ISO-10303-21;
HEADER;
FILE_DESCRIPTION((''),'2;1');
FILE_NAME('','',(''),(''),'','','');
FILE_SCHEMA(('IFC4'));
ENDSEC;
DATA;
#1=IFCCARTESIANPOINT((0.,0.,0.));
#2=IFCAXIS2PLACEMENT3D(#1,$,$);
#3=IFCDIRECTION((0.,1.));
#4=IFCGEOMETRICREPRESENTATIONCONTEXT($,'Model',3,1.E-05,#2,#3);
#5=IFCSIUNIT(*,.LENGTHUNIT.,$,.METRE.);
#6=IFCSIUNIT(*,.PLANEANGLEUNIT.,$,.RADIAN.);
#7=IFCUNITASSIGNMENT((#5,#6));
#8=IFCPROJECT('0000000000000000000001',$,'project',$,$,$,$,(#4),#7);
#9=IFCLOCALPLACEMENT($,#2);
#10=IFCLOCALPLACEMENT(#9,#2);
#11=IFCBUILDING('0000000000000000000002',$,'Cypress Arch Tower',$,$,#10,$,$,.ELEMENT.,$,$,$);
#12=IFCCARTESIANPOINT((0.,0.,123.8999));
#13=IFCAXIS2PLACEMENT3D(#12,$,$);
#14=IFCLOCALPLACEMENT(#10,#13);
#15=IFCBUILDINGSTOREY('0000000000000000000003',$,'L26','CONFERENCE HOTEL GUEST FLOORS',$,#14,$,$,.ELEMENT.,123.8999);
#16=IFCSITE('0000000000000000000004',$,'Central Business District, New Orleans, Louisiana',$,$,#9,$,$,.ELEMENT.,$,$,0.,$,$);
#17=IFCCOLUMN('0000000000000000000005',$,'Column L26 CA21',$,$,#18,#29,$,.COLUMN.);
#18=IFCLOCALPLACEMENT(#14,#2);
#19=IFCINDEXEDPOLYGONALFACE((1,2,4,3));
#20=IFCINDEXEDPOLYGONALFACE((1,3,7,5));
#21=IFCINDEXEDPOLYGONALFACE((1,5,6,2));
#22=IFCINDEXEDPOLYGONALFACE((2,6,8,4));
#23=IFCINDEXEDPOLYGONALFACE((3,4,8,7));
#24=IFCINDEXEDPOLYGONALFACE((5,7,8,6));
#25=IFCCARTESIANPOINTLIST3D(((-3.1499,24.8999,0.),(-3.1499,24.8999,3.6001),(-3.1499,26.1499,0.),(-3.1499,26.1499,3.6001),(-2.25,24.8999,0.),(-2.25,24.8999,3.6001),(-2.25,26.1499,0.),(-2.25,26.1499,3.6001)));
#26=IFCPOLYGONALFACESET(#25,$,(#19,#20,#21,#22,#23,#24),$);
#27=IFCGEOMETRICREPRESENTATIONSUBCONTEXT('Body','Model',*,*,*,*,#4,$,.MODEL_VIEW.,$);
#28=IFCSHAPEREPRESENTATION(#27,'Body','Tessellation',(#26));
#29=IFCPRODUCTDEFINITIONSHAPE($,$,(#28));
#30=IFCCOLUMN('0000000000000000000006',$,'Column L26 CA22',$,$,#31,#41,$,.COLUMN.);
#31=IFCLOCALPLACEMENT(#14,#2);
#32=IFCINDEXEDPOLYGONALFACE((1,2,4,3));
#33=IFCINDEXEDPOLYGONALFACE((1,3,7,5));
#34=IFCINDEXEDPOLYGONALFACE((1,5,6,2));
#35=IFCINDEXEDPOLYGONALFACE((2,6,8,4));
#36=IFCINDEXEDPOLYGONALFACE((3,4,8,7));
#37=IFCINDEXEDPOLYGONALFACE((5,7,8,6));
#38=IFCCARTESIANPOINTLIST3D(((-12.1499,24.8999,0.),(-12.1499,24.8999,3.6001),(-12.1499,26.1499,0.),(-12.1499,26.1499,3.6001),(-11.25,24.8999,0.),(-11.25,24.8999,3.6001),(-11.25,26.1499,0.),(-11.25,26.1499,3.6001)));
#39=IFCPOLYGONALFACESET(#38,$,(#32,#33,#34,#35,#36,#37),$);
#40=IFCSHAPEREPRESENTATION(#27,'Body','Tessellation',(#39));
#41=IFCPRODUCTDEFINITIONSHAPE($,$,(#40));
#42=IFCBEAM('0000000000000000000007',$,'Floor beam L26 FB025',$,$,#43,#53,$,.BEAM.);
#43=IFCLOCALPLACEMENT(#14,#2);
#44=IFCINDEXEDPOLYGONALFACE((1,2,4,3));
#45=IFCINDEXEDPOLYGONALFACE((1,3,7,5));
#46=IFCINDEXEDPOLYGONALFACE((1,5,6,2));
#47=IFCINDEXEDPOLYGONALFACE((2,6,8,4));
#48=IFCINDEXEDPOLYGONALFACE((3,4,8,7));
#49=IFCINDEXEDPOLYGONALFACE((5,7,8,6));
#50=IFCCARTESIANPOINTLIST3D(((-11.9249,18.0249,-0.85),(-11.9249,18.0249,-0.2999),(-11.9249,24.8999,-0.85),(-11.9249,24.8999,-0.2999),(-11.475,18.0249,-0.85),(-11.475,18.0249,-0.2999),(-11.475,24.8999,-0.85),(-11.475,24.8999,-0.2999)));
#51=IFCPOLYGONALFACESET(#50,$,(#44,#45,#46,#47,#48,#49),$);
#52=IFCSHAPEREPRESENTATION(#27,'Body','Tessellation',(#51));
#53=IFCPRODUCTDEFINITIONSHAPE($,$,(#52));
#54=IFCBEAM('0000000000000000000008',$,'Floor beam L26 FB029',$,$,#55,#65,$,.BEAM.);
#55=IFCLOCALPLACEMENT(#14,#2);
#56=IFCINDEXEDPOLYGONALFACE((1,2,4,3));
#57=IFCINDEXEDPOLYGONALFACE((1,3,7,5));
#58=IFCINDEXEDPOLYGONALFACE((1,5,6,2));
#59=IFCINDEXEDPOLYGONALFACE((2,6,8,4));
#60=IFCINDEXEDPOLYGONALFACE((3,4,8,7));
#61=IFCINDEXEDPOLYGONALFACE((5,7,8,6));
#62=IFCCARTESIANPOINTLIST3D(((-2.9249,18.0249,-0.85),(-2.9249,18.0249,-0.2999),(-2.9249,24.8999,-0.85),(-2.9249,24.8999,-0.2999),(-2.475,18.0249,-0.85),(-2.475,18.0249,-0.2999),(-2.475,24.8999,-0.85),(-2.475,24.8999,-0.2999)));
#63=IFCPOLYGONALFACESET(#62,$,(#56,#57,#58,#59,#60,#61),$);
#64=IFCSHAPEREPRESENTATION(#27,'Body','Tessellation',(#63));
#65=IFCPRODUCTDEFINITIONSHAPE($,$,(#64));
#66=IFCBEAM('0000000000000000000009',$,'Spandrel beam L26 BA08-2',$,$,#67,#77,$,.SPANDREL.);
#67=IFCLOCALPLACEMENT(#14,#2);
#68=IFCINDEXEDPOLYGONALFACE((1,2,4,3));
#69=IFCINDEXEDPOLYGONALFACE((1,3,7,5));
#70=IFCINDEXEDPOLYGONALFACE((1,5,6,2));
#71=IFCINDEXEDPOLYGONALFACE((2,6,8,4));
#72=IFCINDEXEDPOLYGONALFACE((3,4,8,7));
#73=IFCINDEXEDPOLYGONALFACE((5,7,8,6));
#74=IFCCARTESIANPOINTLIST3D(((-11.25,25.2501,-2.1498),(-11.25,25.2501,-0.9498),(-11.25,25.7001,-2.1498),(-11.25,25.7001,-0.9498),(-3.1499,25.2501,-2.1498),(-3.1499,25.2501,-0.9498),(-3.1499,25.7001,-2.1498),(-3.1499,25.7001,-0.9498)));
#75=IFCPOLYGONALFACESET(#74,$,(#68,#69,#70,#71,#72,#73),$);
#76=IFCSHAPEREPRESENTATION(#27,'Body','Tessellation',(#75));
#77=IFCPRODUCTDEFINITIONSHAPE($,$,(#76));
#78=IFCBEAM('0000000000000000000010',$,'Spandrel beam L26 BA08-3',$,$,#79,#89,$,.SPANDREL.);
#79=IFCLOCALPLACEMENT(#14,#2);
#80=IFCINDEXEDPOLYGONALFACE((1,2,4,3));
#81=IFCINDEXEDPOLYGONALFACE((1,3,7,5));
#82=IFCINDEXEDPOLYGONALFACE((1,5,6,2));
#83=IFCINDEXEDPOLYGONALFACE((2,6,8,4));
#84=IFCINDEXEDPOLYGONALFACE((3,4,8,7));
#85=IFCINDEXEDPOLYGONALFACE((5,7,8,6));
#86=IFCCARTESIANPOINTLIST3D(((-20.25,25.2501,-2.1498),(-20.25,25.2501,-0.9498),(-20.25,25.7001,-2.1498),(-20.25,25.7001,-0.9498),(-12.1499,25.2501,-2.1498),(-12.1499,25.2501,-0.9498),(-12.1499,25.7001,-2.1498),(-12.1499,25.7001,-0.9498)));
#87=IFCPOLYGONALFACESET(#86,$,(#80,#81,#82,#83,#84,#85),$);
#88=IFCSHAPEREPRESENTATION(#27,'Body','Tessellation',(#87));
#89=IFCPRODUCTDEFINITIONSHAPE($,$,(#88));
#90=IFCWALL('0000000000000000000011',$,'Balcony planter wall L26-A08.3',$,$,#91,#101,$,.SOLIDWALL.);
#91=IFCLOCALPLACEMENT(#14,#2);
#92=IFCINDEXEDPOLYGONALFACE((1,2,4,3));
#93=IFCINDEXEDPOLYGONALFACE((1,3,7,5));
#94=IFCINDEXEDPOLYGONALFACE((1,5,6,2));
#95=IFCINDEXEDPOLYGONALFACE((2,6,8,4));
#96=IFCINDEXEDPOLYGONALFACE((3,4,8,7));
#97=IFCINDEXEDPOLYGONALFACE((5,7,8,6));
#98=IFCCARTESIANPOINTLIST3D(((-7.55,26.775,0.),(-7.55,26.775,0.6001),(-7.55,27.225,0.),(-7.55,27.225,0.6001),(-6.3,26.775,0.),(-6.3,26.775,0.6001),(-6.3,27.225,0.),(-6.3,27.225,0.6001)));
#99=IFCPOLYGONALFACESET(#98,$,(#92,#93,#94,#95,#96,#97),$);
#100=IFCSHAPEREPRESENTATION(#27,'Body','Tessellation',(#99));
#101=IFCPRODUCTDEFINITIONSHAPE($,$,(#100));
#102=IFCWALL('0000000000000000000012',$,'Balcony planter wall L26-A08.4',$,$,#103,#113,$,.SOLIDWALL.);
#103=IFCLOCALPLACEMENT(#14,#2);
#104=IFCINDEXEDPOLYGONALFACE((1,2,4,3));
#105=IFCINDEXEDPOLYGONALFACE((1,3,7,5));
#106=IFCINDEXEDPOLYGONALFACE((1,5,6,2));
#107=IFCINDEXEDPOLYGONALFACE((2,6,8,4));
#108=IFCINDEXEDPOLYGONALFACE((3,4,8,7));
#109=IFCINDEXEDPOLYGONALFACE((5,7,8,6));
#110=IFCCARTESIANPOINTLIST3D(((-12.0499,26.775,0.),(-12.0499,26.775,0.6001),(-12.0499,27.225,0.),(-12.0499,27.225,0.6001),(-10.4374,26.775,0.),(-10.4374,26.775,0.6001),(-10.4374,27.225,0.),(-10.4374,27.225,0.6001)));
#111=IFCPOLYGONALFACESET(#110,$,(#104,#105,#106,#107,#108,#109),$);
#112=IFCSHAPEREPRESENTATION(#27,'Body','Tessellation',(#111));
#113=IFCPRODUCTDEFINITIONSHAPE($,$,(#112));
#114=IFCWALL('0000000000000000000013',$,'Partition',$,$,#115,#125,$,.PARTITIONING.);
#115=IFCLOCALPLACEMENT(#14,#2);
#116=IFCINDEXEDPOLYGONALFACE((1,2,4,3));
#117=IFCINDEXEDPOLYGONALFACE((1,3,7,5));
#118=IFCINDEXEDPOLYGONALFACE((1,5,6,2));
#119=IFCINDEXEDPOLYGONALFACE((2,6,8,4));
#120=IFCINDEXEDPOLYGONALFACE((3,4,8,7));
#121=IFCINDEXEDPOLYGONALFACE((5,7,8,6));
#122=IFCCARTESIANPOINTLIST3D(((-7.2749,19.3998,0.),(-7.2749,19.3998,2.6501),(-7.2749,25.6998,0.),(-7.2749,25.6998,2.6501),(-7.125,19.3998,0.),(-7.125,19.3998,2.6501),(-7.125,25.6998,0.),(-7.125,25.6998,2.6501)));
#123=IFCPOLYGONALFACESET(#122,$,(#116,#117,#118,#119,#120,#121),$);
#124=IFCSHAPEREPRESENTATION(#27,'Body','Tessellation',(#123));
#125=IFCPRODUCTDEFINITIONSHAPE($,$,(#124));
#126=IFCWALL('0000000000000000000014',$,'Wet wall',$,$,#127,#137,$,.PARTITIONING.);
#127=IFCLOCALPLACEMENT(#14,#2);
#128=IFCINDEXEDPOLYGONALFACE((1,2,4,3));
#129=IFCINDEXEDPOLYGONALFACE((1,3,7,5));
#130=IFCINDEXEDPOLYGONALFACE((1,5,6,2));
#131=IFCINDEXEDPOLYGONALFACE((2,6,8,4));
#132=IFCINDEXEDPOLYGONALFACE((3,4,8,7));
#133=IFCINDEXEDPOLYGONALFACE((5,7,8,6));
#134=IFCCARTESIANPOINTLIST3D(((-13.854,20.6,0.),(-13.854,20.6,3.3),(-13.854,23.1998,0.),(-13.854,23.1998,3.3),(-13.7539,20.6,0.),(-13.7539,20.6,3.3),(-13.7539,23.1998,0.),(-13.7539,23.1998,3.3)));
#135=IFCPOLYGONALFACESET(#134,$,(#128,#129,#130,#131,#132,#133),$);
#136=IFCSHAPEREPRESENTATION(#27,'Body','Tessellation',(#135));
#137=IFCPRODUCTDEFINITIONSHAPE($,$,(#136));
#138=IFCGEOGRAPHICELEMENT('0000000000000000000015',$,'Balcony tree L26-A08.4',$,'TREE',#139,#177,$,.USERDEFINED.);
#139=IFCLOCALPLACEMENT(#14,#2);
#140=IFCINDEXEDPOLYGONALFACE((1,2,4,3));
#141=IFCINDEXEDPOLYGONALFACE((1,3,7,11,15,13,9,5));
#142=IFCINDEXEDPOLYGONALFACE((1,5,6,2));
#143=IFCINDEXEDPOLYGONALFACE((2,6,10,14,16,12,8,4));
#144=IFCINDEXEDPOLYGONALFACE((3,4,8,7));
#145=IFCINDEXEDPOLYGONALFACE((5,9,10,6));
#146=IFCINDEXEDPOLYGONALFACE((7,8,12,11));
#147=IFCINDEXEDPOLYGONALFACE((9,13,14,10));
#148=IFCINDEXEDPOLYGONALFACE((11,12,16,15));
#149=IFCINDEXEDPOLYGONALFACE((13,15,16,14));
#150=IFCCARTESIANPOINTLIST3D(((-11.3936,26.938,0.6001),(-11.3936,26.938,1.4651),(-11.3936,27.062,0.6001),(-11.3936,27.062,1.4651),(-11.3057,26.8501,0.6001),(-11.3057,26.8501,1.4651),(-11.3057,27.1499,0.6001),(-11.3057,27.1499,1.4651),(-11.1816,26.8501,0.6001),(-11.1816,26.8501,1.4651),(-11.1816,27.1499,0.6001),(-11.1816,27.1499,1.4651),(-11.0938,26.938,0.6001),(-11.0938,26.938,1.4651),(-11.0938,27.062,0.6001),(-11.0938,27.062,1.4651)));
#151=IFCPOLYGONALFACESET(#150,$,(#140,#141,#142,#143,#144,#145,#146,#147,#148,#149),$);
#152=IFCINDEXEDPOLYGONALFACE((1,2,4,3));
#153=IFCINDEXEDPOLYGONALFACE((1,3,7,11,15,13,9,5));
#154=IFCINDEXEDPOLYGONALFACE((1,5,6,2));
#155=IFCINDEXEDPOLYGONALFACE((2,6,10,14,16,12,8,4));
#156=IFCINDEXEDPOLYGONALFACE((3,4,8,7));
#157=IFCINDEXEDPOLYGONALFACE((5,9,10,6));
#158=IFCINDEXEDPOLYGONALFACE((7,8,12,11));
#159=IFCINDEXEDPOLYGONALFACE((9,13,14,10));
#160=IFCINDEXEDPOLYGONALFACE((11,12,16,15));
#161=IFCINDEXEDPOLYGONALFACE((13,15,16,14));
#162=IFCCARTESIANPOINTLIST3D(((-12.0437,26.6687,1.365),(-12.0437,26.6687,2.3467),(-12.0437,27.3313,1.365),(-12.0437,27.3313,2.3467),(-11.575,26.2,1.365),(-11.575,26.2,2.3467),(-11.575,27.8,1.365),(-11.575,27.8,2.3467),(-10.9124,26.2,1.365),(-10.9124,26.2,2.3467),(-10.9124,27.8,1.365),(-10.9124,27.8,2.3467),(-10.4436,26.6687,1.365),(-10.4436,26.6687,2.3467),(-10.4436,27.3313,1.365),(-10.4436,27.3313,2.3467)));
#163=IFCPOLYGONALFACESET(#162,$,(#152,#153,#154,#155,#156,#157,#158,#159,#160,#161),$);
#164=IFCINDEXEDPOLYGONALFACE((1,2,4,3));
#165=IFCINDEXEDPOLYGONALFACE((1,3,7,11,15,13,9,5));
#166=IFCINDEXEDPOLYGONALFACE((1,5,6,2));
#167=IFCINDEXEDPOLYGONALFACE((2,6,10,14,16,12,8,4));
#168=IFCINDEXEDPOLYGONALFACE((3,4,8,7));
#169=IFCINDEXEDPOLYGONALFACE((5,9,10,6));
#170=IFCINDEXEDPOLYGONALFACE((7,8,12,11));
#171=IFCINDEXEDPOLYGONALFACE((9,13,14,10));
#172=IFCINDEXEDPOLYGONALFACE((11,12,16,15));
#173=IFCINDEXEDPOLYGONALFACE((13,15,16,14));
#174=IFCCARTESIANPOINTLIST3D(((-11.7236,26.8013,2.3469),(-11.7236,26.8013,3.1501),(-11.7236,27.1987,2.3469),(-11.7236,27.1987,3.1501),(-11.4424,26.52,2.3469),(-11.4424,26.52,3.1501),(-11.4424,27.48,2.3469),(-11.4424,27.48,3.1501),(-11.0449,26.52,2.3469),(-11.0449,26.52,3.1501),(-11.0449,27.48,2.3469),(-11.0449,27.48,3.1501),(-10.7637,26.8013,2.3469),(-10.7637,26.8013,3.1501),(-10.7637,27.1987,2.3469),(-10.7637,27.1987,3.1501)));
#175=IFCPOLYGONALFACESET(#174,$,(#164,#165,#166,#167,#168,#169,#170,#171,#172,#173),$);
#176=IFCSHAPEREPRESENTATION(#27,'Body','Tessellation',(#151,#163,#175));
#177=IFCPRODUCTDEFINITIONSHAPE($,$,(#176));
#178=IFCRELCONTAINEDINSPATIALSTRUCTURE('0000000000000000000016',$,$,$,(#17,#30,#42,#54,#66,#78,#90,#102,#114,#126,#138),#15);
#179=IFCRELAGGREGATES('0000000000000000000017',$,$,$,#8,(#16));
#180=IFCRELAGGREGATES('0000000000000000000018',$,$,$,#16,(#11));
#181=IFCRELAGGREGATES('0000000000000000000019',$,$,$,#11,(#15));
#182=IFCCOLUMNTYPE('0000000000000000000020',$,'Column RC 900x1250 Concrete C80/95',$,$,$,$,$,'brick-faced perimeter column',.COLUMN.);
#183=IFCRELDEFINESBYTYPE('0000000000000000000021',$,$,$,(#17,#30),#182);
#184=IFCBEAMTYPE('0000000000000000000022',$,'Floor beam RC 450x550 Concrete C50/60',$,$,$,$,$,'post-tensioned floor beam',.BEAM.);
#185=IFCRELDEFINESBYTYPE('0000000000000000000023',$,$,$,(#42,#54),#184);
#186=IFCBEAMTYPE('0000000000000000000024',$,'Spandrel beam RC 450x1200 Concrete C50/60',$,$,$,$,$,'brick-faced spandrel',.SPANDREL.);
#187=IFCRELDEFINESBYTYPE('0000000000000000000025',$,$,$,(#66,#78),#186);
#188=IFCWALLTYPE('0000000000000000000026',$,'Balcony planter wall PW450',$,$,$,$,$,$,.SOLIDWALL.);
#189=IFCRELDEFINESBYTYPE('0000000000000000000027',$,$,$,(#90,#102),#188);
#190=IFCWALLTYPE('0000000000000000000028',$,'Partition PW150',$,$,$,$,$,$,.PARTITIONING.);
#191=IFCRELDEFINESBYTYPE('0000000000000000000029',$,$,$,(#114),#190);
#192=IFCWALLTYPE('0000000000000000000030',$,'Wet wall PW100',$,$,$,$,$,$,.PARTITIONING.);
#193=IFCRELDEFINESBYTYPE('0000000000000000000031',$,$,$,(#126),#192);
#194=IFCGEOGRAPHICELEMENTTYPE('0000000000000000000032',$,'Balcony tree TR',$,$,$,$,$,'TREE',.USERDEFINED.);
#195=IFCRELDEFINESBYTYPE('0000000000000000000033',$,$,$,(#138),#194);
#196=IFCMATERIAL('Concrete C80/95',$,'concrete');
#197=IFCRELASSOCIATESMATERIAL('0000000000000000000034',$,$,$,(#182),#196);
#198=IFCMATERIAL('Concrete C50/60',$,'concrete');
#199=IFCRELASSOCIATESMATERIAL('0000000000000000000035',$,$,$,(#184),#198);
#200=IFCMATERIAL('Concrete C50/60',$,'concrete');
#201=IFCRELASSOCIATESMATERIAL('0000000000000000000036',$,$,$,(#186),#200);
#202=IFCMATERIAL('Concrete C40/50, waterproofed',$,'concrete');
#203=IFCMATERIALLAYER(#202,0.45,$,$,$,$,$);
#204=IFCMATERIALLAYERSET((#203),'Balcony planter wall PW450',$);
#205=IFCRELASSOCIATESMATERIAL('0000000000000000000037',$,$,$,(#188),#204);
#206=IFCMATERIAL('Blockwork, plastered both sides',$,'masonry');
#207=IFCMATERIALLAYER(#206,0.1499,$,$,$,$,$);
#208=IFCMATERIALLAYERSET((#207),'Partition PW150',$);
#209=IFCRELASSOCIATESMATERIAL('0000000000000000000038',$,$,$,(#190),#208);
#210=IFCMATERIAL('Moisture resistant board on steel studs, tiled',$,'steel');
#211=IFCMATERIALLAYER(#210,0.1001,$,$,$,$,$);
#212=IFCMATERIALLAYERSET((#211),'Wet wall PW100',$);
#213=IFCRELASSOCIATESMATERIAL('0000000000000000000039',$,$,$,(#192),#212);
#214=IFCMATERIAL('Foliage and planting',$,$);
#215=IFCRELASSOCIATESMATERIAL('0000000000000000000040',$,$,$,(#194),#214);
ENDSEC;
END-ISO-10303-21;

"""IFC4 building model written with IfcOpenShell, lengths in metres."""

from ifc_helpers import new_model, si_unit, direction, frame, frame_2d, origin, origin_2d, place, context, subcontext, project, spatial, polyline, rectangle, outline, extrude, material, layer, layer_set, material_profile, profile_set, type_object, element, save


model = new_model("IFC4")

# Units and contexts
model_context = context("Model", 3, precision=1e-05, world=origin(), true_north=direction((0.0, 1.0)))
body_context = subcontext(model_context, "Body", "Model", "MODEL_VIEW")
ifc_project = project(units=[si_unit("LENGTHUNIT", "METRE"), si_unit("PLANEANGLEUNIT", "RADIAN")], contexts=[model_context])

# Site, building, storey
site_placement = place(None, origin())
site = spatial("IfcSite", under=ifc_project, at=site_placement, Name="Central Business District, New Orleans, Louisiana", CompositionType="ELEMENT", RefElevation=0.0)
building_placement = place(site_placement, origin())
building = spatial("IfcBuilding", under=site, at=building_placement, Name="Cypress Arch Tower", CompositionType="ELEMENT")
storey_placement = place(building_placement, frame((0.0, 0.0, 123.8999)))
storey = spatial("IfcBuildingStorey", under=building, at=storey_placement, Name="L26", Description="CONFERENCE HOTEL GUEST FLOORS", CompositionType="ELEMENT", Elevation=123.8999)

# Columns
ifc_material_1 = material(Name="Concrete C80/95", Category="concrete")
ifc_material_profile_1 = material_profile(ifc_material_1, rectangle(XDim=0.8999, YDim=1.25, at=origin_2d()), Name="RC 900x1250")
ifc_profile_set_1 = profile_set([ifc_material_profile_1], Name="Concrete C80/95")
column_type = type_object("IfcColumnType", Name="Column RC 900x1250 Concrete C80/95", ElementType="brick-faced perimeter column", PredefinedType="COLUMN", material=ifc_profile_set_1)
for number, where, z_axis, x_axis, name in (
    (1, (-2.7, 25.5249, 0.0), (0.0, 0.0, 1.0), (-1.0, 0.0, 0.0), "Column L26 CA21"),
    (2, (-11.7, 25.5249, 0.0), (0.0, 0.0, 1.0), (-1.0, 0.0, 0.0), "Column L26 CA22"),
):
    element("IfcColumn", number, at=place(storey_placement, frame(where, z_axis=z_axis, x_axis=x_axis)), inside=storey, type_object=column_type, Name=name, PredefinedType="COLUMN", context=body_context, shape_type="SweptSolid", body=[
        extrude(rectangle(XDim=0.8999, YDim=1.25, at=origin_2d()), origin(), (0.0, 0.0, 1.0), 3.6001),
    ])

# Beams
ifc_material_2 = material(Name="Concrete C50/60", Category="concrete")
ifc_material_profile_2 = material_profile(ifc_material_2, rectangle(XDim=0.45, YDim=0.55, at=origin_2d()), Name="RC 450x550")
ifc_profile_set_2 = profile_set([ifc_material_profile_2], Name="Concrete C50/60")
beam_type_1 = type_object("IfcBeamType", Name="Floor beam RC 450x550 Concrete C50/60", ElementType="post-tensioned floor beam", PredefinedType="BEAM", material=ifc_profile_set_2)
for number, where, z_axis, x_axis, name in (
    (3, (-11.7, 18.0249, -0.575), (0.0, 1.0, 0.0), (-1.0, 0.0, 0.0), "Floor beam L26 FB025"),
    (4, (-2.7, 18.0249, -0.575), (0.0, 1.0, 0.0), (-1.0, 0.0, 0.0), "Floor beam L26 FB029"),
):
    element("IfcBeam", number, at=place(storey_placement, frame(where, z_axis=z_axis, x_axis=x_axis)), inside=storey, type_object=beam_type_1, Name=name, PredefinedType="BEAM", context=body_context, shape_type="SweptSolid", body=[
        extrude(rectangle(XDim=0.45, YDim=0.55, at=origin_2d()), origin(), (0.0, 0.0, 1.0), 6.875),
    ])
ifc_material_3 = material(Name="Concrete C50/60", Category="concrete")
ifc_material_profile_3 = material_profile(ifc_material_3, rectangle(XDim=0.45, YDim=1.2, at=origin_2d()), Name="RC 450x1200")
ifc_profile_set_3 = profile_set([ifc_material_profile_3], Name="Concrete C50/60")
beam_type_2 = type_object("IfcBeamType", Name="Spandrel beam RC 450x1200 Concrete C50/60", ElementType="brick-faced spandrel", PredefinedType="SPANDREL", material=ifc_profile_set_3)
for number, where, z_axis, x_axis, name in (
    (5, (-3.1499, 25.4751, -1.5498), (-1.0, 0.0, 0.0), (0.0, -1.0, 0.0), "Spandrel beam L26 BA08-2"),
    (6, (-12.1499, 25.4751, -1.5498), (-1.0, 0.0, 0.0), (0.0, -1.0, 0.0), "Spandrel beam L26 BA08-3"),
):
    element("IfcBeam", number, at=place(storey_placement, frame(where, z_axis=z_axis, x_axis=x_axis)), inside=storey, type_object=beam_type_2, Name=name, PredefinedType="SPANDREL", context=body_context, shape_type="SweptSolid", body=[
        extrude(rectangle(XDim=0.45, YDim=1.2, at=origin_2d()), origin(), (0.0, 0.0, 1.0), 8.1001),
    ])

# Walls
ifc_material_4 = material(Name="Concrete C40/50, waterproofed", Category="concrete")
ifc_layer_1 = layer(ifc_material_4, 0.45)
ifc_layer_set_1 = layer_set([ifc_layer_1], Name="Balcony planter wall PW450")
wall_type_1 = type_object("IfcWallType", Name="Balcony planter wall PW450", PredefinedType="SOLIDWALL", material=ifc_layer_set_1)
wall_1_placement = place(storey_placement, frame((-6.3, 27.0, 0.0), z_axis=(0.0, 0.0, 1.0), x_axis=(-1.0, 0.0, 0.0)))
element("IfcWall", 7, at=wall_1_placement, inside=storey, type_object=wall_type_1, Name="Balcony planter wall L26-A08.3", PredefinedType="SOLIDWALL", context=body_context, shape_type="SweptSolid", body=[
    extrude(rectangle(XDim=1.25, YDim=0.45, at=frame_2d((0.625, 0.0))), origin(), (0.0, 0.0, 1.0), 0.6001),
])
wall_2_placement = place(storey_placement, frame((-10.4375, 27.0, 0.0), z_axis=(0.0, 0.0, 1.0), x_axis=(-1.0, 0.0, 0.0)))
element("IfcWall", 8, at=wall_2_placement, inside=storey, type_object=wall_type_1, Name="Balcony planter wall L26-A08.4", PredefinedType="SOLIDWALL", context=body_context, shape_type="SweptSolid", body=[
    extrude(rectangle(XDim=1.6125, YDim=0.45, at=frame_2d((0.8062, 0.0))), origin(), (0.0, 0.0, 1.0), 0.6001),
])

# Walls
ifc_material_5 = material(Name="Blockwork, plastered both sides", Category="masonry")
ifc_layer_2 = layer(ifc_material_5, 0.1499)
ifc_layer_set_2 = layer_set([ifc_layer_2], Name="Partition PW150")
wall_type_2 = type_object("IfcWallType", Name="Partition PW150", PredefinedType="PARTITIONING", material=ifc_layer_set_2)
wall_3_placement = place(storey_placement, frame((-7.2, 19.3999, 0.0), z_axis=(0.0, 0.0, 1.0), x_axis=(0.0, 1.0, 0.0)))
element("IfcWall", 9, at=wall_3_placement, inside=storey, type_object=wall_type_2, Name="Partition", PredefinedType="PARTITIONING", context=body_context, shape_type="SweptSolid", body=[
    extrude(rectangle(XDim=6.3, YDim=0.1499, at=frame_2d((3.1499, 0.0))), origin(), (0.0, 0.0, 1.0), 2.6501),
])
ifc_material_6 = material(Name="Moisture resistant board on steel studs, tiled", Category="steel")
ifc_layer_3 = layer(ifc_material_6, 0.1001)
ifc_layer_set_3 = layer_set([ifc_layer_3], Name="Wet wall PW100")
wall_type_3 = type_object("IfcWallType", Name="Wet wall PW100", PredefinedType="PARTITIONING", material=ifc_layer_set_3)
wall_4_placement = place(storey_placement, frame((-13.804, 20.6001, 0.0), z_axis=(0.0, 0.0, 1.0), x_axis=(0.0, 1.0, 0.0)))
element("IfcWall", 10, at=wall_4_placement, inside=storey, type_object=wall_type_3, Name="Wet wall", PredefinedType="PARTITIONING", context=body_context, shape_type="SweptSolid", body=[
    extrude(rectangle(XDim=2.5999, YDim=0.1001, at=frame_2d((1.2998, 0.0))), origin(), (0.0, 0.0, 1.0), 3.3),
])

# Geographic element
ifc_material_7 = material(Name="Foliage and planting")
geographic_element_type = type_object("IfcGeographicElementType", Name="Balcony tree TR", ElementType="TREE", PredefinedType="USERDEFINED", material=ifc_material_7)
geographic_element_placement = place(storey_placement, frame((-11.2437, 27.0, 0.6001), z_axis=(0.0, 0.0, 1.0), x_axis=(1.0, 0.0, 0.0)))
element("IfcGeographicElement", 11, at=geographic_element_placement, inside=storey, type_object=geographic_element_type, Name="Balcony tree L26-A08.4", ObjectType="TREE", PredefinedType="USERDEFINED", context=body_context, shape_type="SweptSolid", body=[
    extrude(outline(polyline([(0.1499, 0.062), (0.062, 0.1499), (-0.062, 0.1499), (-0.1499, 0.062), (-0.1499, -0.062), (-0.062, -0.1499), (0.062, -0.1499), (0.1499, -0.062), (0.1499, 0.062)])), origin(), (0.0, 0.0, 1.0), 0.865),
    extrude(outline(polyline([(0.8, 0.3313), (0.3313, 0.8), (-0.3313, 0.8), (-0.8, 0.3313), (-0.8, -0.3313), (-0.3313, -0.8), (0.3313, -0.8), (0.8, -0.3313), (0.8, 0.3313)])), frame((0.0, 0.0, 0.7649)), (0.0, 0.0, 1.0), 0.9817),
    extrude(outline(polyline([(0.48, 0.1987), (0.1987, 0.48), (-0.1987, 0.48), (-0.48, 0.1987), (-0.48, -0.1987), (-0.1987, -0.48), (0.1987, -0.48), (0.48, -0.1987), (0.48, 0.1987)])), frame((0.0, 0.0, 1.7468)), (0.0, 0.0, 1.0), 0.8032),
])

save(model, "model.ifc")
